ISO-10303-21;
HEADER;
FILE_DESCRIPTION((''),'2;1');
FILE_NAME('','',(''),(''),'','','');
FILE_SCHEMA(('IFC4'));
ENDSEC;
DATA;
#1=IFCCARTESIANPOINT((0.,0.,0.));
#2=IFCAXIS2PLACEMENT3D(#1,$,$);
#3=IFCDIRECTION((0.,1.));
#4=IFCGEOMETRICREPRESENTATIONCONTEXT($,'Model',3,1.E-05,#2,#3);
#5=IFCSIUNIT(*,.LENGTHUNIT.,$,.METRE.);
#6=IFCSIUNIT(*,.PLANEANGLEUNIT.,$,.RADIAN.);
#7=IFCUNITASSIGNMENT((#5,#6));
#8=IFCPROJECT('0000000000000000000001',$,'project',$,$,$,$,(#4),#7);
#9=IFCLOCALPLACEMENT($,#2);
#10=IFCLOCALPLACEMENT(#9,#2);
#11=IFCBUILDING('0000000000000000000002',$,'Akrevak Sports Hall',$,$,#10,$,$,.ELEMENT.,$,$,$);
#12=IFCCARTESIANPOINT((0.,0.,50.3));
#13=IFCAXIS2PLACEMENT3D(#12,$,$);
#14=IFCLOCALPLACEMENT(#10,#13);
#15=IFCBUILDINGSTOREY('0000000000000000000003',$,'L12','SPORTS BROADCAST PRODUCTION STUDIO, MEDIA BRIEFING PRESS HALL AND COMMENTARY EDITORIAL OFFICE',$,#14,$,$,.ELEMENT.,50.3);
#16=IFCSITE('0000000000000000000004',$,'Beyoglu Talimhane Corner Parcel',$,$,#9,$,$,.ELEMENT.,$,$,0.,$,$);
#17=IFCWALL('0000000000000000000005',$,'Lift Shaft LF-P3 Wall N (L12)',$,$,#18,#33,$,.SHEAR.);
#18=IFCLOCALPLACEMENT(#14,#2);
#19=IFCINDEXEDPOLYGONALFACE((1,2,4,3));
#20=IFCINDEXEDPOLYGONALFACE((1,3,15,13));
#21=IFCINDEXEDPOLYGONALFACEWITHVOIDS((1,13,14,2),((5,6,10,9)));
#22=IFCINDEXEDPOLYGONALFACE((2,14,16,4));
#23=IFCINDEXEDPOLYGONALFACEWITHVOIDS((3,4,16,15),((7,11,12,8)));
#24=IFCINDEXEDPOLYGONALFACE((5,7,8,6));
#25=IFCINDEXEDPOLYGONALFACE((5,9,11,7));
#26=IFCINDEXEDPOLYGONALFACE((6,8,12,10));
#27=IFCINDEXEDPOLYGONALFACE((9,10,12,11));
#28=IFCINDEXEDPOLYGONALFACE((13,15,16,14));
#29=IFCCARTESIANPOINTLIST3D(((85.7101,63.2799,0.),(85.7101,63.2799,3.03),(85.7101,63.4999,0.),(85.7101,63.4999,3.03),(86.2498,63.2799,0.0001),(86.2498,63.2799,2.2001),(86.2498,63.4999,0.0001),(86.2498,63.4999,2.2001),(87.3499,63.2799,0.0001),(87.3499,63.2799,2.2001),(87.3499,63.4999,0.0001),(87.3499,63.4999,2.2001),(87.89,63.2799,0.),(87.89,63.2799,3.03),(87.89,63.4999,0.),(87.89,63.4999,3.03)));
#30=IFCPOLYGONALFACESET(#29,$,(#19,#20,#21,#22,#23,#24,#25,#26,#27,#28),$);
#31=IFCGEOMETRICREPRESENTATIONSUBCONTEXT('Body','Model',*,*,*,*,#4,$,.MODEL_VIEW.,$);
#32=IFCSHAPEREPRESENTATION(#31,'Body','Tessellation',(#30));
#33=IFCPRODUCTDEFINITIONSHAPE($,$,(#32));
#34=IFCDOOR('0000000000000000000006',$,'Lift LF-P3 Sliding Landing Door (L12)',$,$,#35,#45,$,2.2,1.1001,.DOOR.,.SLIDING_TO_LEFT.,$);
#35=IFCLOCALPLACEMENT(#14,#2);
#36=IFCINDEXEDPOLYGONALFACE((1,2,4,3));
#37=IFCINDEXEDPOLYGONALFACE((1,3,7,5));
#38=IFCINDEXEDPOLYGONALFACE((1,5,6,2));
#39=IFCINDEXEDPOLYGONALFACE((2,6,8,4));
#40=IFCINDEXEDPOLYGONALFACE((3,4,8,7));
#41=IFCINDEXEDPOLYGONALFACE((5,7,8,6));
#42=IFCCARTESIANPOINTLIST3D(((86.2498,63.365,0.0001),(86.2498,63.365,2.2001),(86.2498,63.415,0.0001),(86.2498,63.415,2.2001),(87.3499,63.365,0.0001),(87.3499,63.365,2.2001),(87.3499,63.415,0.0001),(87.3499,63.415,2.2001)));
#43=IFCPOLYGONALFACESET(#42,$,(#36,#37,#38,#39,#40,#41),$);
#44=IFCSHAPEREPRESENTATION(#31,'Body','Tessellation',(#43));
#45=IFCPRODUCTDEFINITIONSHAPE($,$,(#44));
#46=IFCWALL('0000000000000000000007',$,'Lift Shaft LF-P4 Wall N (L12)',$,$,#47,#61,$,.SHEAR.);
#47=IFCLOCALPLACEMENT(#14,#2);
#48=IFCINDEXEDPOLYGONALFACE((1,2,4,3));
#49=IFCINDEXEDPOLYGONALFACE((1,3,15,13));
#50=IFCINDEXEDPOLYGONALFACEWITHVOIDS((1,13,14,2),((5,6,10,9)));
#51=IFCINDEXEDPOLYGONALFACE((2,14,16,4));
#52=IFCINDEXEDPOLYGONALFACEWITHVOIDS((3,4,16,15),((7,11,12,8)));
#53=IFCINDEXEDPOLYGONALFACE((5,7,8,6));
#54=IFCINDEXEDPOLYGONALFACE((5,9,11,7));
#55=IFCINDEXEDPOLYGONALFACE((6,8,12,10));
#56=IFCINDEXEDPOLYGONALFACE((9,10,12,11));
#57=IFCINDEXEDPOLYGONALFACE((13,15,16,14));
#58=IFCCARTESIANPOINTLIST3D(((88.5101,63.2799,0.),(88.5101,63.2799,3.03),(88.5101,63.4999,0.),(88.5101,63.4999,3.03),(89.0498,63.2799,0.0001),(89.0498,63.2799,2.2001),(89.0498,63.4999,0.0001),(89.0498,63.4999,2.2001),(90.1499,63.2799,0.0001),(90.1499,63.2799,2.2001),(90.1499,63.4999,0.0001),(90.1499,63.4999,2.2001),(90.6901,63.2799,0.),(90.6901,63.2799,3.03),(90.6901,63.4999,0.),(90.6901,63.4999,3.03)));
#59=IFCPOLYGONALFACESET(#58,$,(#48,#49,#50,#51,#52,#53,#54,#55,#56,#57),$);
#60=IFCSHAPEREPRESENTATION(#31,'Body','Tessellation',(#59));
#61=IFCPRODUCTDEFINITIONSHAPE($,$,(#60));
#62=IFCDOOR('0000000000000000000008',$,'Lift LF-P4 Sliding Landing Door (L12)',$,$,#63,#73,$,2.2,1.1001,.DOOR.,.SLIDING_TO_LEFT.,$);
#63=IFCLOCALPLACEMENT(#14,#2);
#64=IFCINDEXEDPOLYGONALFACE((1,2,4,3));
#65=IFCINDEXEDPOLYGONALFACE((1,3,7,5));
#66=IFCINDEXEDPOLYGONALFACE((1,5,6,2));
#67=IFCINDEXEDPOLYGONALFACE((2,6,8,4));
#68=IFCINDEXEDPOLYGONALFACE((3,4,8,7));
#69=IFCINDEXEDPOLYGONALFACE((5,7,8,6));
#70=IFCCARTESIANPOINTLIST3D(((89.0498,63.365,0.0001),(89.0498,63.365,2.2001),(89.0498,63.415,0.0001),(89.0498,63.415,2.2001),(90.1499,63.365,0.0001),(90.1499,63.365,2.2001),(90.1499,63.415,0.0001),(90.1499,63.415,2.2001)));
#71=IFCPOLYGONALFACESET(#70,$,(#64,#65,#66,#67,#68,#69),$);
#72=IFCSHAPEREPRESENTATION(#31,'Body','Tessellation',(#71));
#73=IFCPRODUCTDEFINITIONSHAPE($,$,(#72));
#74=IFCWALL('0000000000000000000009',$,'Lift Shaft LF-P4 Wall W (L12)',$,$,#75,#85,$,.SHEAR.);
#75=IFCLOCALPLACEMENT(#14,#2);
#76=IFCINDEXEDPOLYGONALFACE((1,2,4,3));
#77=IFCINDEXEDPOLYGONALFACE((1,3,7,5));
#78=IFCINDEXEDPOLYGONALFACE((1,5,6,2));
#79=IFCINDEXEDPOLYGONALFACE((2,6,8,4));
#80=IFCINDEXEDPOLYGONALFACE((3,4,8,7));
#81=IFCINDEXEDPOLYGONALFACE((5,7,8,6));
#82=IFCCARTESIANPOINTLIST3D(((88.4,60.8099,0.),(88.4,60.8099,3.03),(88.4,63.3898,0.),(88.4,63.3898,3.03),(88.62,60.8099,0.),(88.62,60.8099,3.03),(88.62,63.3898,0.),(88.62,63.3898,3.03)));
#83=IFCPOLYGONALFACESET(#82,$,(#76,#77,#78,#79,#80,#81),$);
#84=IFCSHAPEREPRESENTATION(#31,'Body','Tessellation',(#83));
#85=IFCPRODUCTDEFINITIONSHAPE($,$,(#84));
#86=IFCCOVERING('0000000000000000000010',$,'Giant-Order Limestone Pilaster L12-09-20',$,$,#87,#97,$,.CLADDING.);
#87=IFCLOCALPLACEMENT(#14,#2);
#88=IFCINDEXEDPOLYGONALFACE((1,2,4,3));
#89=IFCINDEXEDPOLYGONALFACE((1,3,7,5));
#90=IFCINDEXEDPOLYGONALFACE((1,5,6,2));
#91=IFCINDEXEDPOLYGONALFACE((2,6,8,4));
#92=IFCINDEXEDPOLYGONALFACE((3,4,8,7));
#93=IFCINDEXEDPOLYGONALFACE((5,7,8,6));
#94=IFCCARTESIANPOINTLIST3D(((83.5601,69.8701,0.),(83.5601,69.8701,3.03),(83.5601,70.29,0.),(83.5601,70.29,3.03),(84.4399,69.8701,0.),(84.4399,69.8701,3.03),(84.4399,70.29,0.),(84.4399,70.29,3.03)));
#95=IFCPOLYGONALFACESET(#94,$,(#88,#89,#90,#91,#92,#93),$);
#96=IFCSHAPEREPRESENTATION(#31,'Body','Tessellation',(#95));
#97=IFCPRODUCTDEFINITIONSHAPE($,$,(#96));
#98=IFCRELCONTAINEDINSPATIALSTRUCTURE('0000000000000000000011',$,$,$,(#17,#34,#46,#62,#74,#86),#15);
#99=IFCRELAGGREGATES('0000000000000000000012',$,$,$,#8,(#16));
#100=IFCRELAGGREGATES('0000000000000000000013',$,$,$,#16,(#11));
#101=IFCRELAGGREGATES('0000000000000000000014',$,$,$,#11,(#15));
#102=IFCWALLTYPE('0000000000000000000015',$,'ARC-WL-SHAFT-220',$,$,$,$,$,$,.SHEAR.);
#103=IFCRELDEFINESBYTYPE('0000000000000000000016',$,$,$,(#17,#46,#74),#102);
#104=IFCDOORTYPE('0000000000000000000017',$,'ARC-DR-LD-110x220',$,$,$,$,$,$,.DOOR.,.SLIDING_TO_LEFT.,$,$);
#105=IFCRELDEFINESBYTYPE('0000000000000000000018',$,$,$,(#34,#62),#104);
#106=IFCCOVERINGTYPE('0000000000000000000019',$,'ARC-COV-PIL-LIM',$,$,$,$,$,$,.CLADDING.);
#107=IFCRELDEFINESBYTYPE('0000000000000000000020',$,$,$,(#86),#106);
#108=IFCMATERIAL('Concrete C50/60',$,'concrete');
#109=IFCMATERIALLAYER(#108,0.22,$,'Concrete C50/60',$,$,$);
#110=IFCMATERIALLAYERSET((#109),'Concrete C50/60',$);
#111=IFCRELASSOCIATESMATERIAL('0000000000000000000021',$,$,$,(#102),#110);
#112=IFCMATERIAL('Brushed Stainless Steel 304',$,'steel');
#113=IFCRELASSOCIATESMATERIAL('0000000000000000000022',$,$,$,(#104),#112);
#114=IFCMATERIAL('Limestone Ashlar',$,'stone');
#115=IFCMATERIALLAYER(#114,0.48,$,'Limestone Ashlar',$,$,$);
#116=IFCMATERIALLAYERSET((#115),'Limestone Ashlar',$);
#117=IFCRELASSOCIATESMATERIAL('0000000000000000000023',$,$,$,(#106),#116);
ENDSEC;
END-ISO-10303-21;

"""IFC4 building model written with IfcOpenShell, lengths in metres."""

from ifc_helpers import new_model, si_unit, direction, frame, frame_2d, origin, origin_2d, place, context, subcontext, project, spatial, rectangle, extrude, material, layer, layer_set, type_object, element, fill, save


model = new_model("IFC4")

# Units and contexts
model_context = context("Model", 3, precision=1e-05, world=origin(), true_north=direction((0.0, 1.0)))
body_context = subcontext(model_context, "Body", "Model", "MODEL_VIEW")
ifc_project = project(units=[si_unit("LENGTHUNIT", "METRE"), si_unit("PLANEANGLEUNIT", "RADIAN")], contexts=[model_context])

# Site, building, storey
site_placement = place(None, origin())
site = spatial("IfcSite", under=ifc_project, at=site_placement, Name="Beyoglu Talimhane Corner Parcel", CompositionType="ELEMENT", RefElevation=0.0)
building_placement = place(site_placement, origin())
building = spatial("IfcBuilding", under=site, at=building_placement, Name="Akrevak Sports Hall", CompositionType="ELEMENT")
storey_placement = place(building_placement, frame((0.0, 0.0, 50.3)))
storey = spatial("IfcBuildingStorey", under=building, at=storey_placement, Name="L12", Description="SPORTS BROADCAST PRODUCTION STUDIO, MEDIA BRIEFING PRESS HALL AND COMMENTARY EDITORIAL OFFICE", CompositionType="ELEMENT", Elevation=50.3)

# Walls, openings, doors
ifc_material_1 = material(Name="Concrete C50/60", Category="concrete")
ifc_layer_1 = layer(ifc_material_1, 0.22, Name="Concrete C50/60")
ifc_layer_set_1 = layer_set([ifc_layer_1], Name="Concrete C50/60")
wall_type_1 = type_object("IfcWallType", Name="ARC-WL-SHAFT-220", PredefinedType="SHEAR", material=ifc_layer_set_1)
wall_1_placement = place(storey_placement, frame((87.8899, 63.3899, 0.0), z_axis=(0.0, 0.0, 1.0), x_axis=(-1.0, 0.0, 0.0)))
wall_1 = element("IfcWall", 1, at=wall_1_placement, inside=storey, type_object=wall_type_1, Name="Lift Shaft LF-P3 Wall N (L12)", PredefinedType="SHEAR", context=body_context, shape_type="SweptSolid", body=[
    extrude(rectangle(XDim=2.1799, YDim=0.22, at=frame_2d((1.0898, 0.0))), origin(), (0.0, 0.0, 1.0), 3.03),
])
opening_1_placement = place(wall_1_placement, frame((0.54, 0.0, 0.0)))
opening_1 = element("IfcOpeningElement", 2, at=opening_1_placement, cuts=wall_1, PredefinedType="OPENING", context=body_context, shape_type="SweptSolid", body=[
    extrude(rectangle(XDim=1.1001, YDim=2.2, at=frame_2d((0.55, 1.1001))), frame((0.0, 0.1221, 0.0), z_axis=(0.0, -1.0, 0.0), x_axis=(1.0, 0.0, 0.0)), (0.0, 0.0, 1.0), 0.2439),
])
ifc_material_2 = material(Name="Brushed Stainless Steel 304", Category="steel")
door_type_1 = type_object("IfcDoorType", Name="ARC-DR-LD-110x220", OperationType="SLIDING_TO_LEFT", PredefinedType="DOOR", material=ifc_material_2)
door_1_placement = place(opening_1_placement, origin())
door_1 = element("IfcDoor", 3, at=door_1_placement, inside=storey, type_object=door_type_1, Name="Lift LF-P3 Sliding Landing Door (L12)", OperationType="SLIDING_TO_LEFT", OverallHeight=2.2, OverallWidth=1.1001, PredefinedType="DOOR", context=body_context, shape_type="SweptSolid", body=[
    extrude(rectangle(XDim=1.1001, YDim=2.2, at=frame_2d((0.55, 1.1001))), frame((0.0, 0.0249, 0.0), z_axis=(0.0, -1.0, 0.0), x_axis=(1.0, 0.0, 0.0)), (0.0, 0.0, 1.0), 0.05),
])
fill(opening_1, door_1)
wall_2_placement = place(storey_placement, frame((90.6899, 63.3899, 0.0), z_axis=(0.0, 0.0, 1.0), x_axis=(-1.0, 0.0, 0.0)))
wall_2 = element("IfcWall", 4, at=wall_2_placement, inside=storey, type_object=wall_type_1, Name="Lift Shaft LF-P4 Wall N (L12)", PredefinedType="SHEAR", context=body_context, shape_type="SweptSolid", body=[
    extrude(rectangle(XDim=2.1799, YDim=0.22, at=frame_2d((1.0898, 0.0))), origin(), (0.0, 0.0, 1.0), 3.03),
])
opening_2_placement = place(wall_2_placement, frame((0.54, 0.0, 0.0)))
opening_2 = element("IfcOpeningElement", 5, at=opening_2_placement, cuts=wall_2, PredefinedType="OPENING", context=body_context, shape_type="SweptSolid", body=[
    extrude(rectangle(XDim=1.1001, YDim=2.2, at=frame_2d((0.55, 1.1001))), frame((0.0, 0.1221, 0.0), z_axis=(0.0, -1.0, 0.0), x_axis=(1.0, 0.0, 0.0)), (0.0, 0.0, 1.0), 0.2439),
])
door_2_placement = place(opening_2_placement, origin())
door_2 = element("IfcDoor", 6, at=door_2_placement, inside=storey, type_object=door_type_1, Name="Lift LF-P4 Sliding Landing Door (L12)", OperationType="SLIDING_TO_LEFT", OverallHeight=2.2, OverallWidth=1.1001, PredefinedType="DOOR", context=body_context, shape_type="SweptSolid", body=[
    extrude(rectangle(XDim=1.1001, YDim=2.2, at=frame_2d((0.55, 1.1001))), frame((0.0, 0.0249, 0.0), z_axis=(0.0, -1.0, 0.0), x_axis=(1.0, 0.0, 0.0)), (0.0, 0.0, 1.0), 0.05),
])
fill(opening_2, door_2)

# Wall
wall_3_placement = place(storey_placement, frame((88.51, 63.3899, 0.0), z_axis=(0.0, 0.0, 1.0), x_axis=(0.0, -1.0, 0.0)))
element("IfcWall", 7, at=wall_3_placement, inside=storey, type_object=wall_type_1, Name="Lift Shaft LF-P4 Wall W (L12)", PredefinedType="SHEAR", context=body_context, shape_type="SweptSolid", body=[
    extrude(rectangle(XDim=2.5798, YDim=0.22, at=frame_2d((1.29, 0.0))), origin(), (0.0, 0.0, 1.0), 3.03),
])

# Covering
ifc_material_3 = material(Name="Limestone Ashlar", Category="stone")
ifc_layer_2 = layer(ifc_material_3, 0.48, Name="Limestone Ashlar")
ifc_layer_set_2 = layer_set([ifc_layer_2], Name="Limestone Ashlar")
covering_type = type_object("IfcCoveringType", Name="ARC-COV-PIL-LIM", PredefinedType="CLADDING", material=ifc_layer_set_2)
covering_placement = place(storey_placement, frame((84.0, 70.0801, 0.0), z_axis=(0.0, 0.0, 1.0), x_axis=(-1.0, 0.0, 0.0)))
element("IfcCovering", 8, at=covering_placement, inside=storey, type_object=covering_type, Name="Giant-Order Limestone Pilaster L12-09-20", PredefinedType="CLADDING", context=body_context, shape_type="SweptSolid", body=[
    extrude(rectangle(XDim=0.8799, YDim=0.4199, at=origin_2d()), origin(), (0.0, 0.0, 1.0), 3.03),
])

save(model, "model.ifc")
